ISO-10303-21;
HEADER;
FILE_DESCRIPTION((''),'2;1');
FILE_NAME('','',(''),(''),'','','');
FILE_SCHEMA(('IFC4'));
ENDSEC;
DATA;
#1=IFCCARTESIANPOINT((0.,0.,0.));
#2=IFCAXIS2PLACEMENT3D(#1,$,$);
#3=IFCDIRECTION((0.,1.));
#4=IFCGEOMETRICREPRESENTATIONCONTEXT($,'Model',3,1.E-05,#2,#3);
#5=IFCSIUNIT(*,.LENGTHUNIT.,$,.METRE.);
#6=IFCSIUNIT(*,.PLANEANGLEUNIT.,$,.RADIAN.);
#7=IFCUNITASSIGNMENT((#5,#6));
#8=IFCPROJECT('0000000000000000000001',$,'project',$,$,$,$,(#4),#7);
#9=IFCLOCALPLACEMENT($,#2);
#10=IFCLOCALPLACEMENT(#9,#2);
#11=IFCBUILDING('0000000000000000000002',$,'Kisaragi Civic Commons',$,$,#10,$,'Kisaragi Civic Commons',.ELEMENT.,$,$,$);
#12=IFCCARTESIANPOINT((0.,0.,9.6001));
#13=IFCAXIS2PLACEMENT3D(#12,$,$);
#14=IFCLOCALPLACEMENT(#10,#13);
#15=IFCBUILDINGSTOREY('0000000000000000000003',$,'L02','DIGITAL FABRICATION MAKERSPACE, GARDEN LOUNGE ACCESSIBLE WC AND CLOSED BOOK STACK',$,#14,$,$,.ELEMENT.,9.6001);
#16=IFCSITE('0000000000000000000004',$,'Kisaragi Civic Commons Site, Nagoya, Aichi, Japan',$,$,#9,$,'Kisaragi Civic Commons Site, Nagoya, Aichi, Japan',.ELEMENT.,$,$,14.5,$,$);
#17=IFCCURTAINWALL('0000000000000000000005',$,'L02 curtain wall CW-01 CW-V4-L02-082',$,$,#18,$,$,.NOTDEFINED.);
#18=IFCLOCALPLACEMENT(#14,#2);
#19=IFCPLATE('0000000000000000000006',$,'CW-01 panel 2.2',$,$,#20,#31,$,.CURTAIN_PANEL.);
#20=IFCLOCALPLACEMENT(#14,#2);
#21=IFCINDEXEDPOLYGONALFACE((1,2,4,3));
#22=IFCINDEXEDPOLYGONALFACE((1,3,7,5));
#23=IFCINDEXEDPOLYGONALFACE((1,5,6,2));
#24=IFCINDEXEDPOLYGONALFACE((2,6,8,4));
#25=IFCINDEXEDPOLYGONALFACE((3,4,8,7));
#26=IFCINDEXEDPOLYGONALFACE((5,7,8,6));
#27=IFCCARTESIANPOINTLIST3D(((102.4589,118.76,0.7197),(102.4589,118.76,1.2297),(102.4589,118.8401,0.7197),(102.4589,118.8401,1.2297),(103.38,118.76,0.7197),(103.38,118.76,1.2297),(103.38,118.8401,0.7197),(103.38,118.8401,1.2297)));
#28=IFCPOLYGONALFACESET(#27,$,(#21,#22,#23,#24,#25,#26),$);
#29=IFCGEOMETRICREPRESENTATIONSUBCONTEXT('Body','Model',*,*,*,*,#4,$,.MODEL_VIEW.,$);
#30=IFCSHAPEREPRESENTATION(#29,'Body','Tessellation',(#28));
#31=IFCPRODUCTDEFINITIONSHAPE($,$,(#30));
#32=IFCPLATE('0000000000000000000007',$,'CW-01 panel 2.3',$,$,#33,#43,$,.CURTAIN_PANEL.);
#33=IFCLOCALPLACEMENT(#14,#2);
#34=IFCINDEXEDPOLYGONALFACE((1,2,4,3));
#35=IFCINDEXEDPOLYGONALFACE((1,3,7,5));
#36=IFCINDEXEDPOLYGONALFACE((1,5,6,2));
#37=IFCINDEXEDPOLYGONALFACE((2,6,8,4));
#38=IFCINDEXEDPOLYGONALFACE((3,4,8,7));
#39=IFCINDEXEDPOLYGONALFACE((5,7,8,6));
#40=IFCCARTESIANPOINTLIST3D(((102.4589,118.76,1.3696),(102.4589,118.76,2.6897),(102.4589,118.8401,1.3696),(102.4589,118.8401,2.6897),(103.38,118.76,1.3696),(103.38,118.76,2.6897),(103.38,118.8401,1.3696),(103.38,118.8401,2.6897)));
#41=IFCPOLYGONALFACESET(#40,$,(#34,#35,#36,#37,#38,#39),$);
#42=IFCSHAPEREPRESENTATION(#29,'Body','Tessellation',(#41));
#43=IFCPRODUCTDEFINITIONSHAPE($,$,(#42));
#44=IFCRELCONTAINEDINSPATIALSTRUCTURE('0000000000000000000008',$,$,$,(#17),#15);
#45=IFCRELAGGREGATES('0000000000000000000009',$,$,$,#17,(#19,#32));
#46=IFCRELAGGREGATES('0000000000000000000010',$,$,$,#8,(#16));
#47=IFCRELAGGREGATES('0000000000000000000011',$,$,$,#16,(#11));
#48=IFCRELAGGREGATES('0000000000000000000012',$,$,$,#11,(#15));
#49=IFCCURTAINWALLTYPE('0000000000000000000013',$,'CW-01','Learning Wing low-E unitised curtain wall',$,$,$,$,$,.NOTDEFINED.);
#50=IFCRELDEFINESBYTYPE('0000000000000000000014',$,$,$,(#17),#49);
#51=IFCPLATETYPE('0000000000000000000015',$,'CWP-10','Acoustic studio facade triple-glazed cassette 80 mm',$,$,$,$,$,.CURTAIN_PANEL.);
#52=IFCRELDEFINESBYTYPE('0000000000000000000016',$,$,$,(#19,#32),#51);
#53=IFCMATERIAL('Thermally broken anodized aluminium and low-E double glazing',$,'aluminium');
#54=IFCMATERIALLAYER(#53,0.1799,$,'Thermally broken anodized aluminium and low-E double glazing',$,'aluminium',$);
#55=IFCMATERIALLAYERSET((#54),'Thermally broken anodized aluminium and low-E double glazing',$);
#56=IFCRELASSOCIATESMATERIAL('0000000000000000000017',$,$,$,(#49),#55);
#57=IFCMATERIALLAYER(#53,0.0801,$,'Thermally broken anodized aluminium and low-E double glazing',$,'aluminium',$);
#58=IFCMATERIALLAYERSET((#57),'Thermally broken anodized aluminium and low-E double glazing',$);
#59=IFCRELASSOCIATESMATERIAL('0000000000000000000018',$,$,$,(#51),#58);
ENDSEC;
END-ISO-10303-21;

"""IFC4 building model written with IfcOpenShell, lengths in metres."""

from ifc_helpers import new_model, si_unit, direction, frame, origin, origin_2d, place, context, subcontext, project, spatial, rectangle, extrude, material, layer, layer_set, type_object, element, aggregate, save


model = new_model("IFC4")

# Units and contexts
model_context = context("Model", 3, precision=1e-05, world=origin(), true_north=direction((0.0, 1.0)))
body_context = subcontext(model_context, "Body", "Model", "MODEL_VIEW")
ifc_project = project(units=[si_unit("LENGTHUNIT", "METRE"), si_unit("PLANEANGLEUNIT", "RADIAN")], contexts=[model_context])

# Site, building, storey
site_placement = place(None, origin())
site = spatial("IfcSite", under=ifc_project, at=site_placement, Name="Kisaragi Civic Commons Site, Nagoya, Aichi, Japan", LongName="Kisaragi Civic Commons Site, Nagoya, Aichi, Japan", CompositionType="ELEMENT", RefElevation=14.5)
building_placement = place(site_placement, origin())
building = spatial("IfcBuilding", under=site, at=building_placement, Name="Kisaragi Civic Commons", LongName="Kisaragi Civic Commons", CompositionType="ELEMENT")
storey_placement = place(building_placement, frame((0.0, 0.0, 9.6001)))
storey = spatial("IfcBuildingStorey", under=building, at=storey_placement, Name="L02", Description="DIGITAL FABRICATION MAKERSPACE, GARDEN LOUNGE ACCESSIBLE WC AND CLOSED BOOK STACK", CompositionType="ELEMENT", Elevation=9.6001)

# Curtain wall
ifc_material = material(Name="Thermally broken anodized aluminium and low-E double glazing", Category="aluminium")
ifc_layer_1 = layer(ifc_material, 0.1799, Name="Thermally broken anodized aluminium and low-E double glazing", Category="aluminium")
ifc_layer_set_1 = layer_set([ifc_layer_1], Name="Thermally broken anodized aluminium and low-E double glazing")
curtain_wall_type = type_object("IfcCurtainWallType", Name="CW-01", Description="Learning Wing low-E unitised curtain wall", PredefinedType="NOTDEFINED", material=ifc_layer_set_1)
curtain_wall_1_placement = place(storey_placement, origin())
curtain_wall_1 = element("IfcCurtainWall", 1, at=curtain_wall_1_placement, inside=storey, type_object=curtain_wall_type, Name="L02 curtain wall CW-01 CW-V4-L02-082", PredefinedType="NOTDEFINED")

# Plates
ifc_layer_2 = layer(ifc_material, 0.0801, Name="Thermally broken anodized aluminium and low-E double glazing", Category="aluminium")
ifc_layer_set_2 = layer_set([ifc_layer_2], Name="Thermally broken anodized aluminium and low-E double glazing")
plate_type_1 = type_object("IfcPlateType", Name="CWP-10", Description="Acoustic studio facade triple-glazed cassette 80 mm", PredefinedType="CURTAIN_PANEL", material=ifc_layer_set_2)
plate_1_placement = place(storey_placement, frame((102.9194, 118.8, 0.7197), z_axis=(0.0, 0.0, 1.0), x_axis=(1.0, 0.0, 0.0)))
plate_1 = element("IfcPlate", 2, at=plate_1_placement, type_object=plate_type_1, Name="CW-01 panel 2.2", PredefinedType="CURTAIN_PANEL", context=body_context, shape_type="SweptSolid", body=[
    extrude(rectangle(XDim=0.9211, YDim=0.0801, at=origin_2d()), origin(), (0.0, 0.0, 1.0), 0.51),
])
plate_2_placement = place(storey_placement, frame((102.9194, 118.8, 1.3696), z_axis=(0.0, 0.0, 1.0), x_axis=(1.0, 0.0, 0.0)))
plate_2 = element("IfcPlate", 3, at=plate_2_placement, type_object=plate_type_1, Name="CW-01 panel 2.3", PredefinedType="CURTAIN_PANEL", context=body_context, shape_type="SweptSolid", body=[
    extrude(rectangle(XDim=0.9211, YDim=0.0801, at=origin_2d()), origin(), (0.0, 0.0, 1.0), 1.3201),
])
aggregate(curtain_wall_1, [plate_1, plate_2])

save(model, "model.ifc")
